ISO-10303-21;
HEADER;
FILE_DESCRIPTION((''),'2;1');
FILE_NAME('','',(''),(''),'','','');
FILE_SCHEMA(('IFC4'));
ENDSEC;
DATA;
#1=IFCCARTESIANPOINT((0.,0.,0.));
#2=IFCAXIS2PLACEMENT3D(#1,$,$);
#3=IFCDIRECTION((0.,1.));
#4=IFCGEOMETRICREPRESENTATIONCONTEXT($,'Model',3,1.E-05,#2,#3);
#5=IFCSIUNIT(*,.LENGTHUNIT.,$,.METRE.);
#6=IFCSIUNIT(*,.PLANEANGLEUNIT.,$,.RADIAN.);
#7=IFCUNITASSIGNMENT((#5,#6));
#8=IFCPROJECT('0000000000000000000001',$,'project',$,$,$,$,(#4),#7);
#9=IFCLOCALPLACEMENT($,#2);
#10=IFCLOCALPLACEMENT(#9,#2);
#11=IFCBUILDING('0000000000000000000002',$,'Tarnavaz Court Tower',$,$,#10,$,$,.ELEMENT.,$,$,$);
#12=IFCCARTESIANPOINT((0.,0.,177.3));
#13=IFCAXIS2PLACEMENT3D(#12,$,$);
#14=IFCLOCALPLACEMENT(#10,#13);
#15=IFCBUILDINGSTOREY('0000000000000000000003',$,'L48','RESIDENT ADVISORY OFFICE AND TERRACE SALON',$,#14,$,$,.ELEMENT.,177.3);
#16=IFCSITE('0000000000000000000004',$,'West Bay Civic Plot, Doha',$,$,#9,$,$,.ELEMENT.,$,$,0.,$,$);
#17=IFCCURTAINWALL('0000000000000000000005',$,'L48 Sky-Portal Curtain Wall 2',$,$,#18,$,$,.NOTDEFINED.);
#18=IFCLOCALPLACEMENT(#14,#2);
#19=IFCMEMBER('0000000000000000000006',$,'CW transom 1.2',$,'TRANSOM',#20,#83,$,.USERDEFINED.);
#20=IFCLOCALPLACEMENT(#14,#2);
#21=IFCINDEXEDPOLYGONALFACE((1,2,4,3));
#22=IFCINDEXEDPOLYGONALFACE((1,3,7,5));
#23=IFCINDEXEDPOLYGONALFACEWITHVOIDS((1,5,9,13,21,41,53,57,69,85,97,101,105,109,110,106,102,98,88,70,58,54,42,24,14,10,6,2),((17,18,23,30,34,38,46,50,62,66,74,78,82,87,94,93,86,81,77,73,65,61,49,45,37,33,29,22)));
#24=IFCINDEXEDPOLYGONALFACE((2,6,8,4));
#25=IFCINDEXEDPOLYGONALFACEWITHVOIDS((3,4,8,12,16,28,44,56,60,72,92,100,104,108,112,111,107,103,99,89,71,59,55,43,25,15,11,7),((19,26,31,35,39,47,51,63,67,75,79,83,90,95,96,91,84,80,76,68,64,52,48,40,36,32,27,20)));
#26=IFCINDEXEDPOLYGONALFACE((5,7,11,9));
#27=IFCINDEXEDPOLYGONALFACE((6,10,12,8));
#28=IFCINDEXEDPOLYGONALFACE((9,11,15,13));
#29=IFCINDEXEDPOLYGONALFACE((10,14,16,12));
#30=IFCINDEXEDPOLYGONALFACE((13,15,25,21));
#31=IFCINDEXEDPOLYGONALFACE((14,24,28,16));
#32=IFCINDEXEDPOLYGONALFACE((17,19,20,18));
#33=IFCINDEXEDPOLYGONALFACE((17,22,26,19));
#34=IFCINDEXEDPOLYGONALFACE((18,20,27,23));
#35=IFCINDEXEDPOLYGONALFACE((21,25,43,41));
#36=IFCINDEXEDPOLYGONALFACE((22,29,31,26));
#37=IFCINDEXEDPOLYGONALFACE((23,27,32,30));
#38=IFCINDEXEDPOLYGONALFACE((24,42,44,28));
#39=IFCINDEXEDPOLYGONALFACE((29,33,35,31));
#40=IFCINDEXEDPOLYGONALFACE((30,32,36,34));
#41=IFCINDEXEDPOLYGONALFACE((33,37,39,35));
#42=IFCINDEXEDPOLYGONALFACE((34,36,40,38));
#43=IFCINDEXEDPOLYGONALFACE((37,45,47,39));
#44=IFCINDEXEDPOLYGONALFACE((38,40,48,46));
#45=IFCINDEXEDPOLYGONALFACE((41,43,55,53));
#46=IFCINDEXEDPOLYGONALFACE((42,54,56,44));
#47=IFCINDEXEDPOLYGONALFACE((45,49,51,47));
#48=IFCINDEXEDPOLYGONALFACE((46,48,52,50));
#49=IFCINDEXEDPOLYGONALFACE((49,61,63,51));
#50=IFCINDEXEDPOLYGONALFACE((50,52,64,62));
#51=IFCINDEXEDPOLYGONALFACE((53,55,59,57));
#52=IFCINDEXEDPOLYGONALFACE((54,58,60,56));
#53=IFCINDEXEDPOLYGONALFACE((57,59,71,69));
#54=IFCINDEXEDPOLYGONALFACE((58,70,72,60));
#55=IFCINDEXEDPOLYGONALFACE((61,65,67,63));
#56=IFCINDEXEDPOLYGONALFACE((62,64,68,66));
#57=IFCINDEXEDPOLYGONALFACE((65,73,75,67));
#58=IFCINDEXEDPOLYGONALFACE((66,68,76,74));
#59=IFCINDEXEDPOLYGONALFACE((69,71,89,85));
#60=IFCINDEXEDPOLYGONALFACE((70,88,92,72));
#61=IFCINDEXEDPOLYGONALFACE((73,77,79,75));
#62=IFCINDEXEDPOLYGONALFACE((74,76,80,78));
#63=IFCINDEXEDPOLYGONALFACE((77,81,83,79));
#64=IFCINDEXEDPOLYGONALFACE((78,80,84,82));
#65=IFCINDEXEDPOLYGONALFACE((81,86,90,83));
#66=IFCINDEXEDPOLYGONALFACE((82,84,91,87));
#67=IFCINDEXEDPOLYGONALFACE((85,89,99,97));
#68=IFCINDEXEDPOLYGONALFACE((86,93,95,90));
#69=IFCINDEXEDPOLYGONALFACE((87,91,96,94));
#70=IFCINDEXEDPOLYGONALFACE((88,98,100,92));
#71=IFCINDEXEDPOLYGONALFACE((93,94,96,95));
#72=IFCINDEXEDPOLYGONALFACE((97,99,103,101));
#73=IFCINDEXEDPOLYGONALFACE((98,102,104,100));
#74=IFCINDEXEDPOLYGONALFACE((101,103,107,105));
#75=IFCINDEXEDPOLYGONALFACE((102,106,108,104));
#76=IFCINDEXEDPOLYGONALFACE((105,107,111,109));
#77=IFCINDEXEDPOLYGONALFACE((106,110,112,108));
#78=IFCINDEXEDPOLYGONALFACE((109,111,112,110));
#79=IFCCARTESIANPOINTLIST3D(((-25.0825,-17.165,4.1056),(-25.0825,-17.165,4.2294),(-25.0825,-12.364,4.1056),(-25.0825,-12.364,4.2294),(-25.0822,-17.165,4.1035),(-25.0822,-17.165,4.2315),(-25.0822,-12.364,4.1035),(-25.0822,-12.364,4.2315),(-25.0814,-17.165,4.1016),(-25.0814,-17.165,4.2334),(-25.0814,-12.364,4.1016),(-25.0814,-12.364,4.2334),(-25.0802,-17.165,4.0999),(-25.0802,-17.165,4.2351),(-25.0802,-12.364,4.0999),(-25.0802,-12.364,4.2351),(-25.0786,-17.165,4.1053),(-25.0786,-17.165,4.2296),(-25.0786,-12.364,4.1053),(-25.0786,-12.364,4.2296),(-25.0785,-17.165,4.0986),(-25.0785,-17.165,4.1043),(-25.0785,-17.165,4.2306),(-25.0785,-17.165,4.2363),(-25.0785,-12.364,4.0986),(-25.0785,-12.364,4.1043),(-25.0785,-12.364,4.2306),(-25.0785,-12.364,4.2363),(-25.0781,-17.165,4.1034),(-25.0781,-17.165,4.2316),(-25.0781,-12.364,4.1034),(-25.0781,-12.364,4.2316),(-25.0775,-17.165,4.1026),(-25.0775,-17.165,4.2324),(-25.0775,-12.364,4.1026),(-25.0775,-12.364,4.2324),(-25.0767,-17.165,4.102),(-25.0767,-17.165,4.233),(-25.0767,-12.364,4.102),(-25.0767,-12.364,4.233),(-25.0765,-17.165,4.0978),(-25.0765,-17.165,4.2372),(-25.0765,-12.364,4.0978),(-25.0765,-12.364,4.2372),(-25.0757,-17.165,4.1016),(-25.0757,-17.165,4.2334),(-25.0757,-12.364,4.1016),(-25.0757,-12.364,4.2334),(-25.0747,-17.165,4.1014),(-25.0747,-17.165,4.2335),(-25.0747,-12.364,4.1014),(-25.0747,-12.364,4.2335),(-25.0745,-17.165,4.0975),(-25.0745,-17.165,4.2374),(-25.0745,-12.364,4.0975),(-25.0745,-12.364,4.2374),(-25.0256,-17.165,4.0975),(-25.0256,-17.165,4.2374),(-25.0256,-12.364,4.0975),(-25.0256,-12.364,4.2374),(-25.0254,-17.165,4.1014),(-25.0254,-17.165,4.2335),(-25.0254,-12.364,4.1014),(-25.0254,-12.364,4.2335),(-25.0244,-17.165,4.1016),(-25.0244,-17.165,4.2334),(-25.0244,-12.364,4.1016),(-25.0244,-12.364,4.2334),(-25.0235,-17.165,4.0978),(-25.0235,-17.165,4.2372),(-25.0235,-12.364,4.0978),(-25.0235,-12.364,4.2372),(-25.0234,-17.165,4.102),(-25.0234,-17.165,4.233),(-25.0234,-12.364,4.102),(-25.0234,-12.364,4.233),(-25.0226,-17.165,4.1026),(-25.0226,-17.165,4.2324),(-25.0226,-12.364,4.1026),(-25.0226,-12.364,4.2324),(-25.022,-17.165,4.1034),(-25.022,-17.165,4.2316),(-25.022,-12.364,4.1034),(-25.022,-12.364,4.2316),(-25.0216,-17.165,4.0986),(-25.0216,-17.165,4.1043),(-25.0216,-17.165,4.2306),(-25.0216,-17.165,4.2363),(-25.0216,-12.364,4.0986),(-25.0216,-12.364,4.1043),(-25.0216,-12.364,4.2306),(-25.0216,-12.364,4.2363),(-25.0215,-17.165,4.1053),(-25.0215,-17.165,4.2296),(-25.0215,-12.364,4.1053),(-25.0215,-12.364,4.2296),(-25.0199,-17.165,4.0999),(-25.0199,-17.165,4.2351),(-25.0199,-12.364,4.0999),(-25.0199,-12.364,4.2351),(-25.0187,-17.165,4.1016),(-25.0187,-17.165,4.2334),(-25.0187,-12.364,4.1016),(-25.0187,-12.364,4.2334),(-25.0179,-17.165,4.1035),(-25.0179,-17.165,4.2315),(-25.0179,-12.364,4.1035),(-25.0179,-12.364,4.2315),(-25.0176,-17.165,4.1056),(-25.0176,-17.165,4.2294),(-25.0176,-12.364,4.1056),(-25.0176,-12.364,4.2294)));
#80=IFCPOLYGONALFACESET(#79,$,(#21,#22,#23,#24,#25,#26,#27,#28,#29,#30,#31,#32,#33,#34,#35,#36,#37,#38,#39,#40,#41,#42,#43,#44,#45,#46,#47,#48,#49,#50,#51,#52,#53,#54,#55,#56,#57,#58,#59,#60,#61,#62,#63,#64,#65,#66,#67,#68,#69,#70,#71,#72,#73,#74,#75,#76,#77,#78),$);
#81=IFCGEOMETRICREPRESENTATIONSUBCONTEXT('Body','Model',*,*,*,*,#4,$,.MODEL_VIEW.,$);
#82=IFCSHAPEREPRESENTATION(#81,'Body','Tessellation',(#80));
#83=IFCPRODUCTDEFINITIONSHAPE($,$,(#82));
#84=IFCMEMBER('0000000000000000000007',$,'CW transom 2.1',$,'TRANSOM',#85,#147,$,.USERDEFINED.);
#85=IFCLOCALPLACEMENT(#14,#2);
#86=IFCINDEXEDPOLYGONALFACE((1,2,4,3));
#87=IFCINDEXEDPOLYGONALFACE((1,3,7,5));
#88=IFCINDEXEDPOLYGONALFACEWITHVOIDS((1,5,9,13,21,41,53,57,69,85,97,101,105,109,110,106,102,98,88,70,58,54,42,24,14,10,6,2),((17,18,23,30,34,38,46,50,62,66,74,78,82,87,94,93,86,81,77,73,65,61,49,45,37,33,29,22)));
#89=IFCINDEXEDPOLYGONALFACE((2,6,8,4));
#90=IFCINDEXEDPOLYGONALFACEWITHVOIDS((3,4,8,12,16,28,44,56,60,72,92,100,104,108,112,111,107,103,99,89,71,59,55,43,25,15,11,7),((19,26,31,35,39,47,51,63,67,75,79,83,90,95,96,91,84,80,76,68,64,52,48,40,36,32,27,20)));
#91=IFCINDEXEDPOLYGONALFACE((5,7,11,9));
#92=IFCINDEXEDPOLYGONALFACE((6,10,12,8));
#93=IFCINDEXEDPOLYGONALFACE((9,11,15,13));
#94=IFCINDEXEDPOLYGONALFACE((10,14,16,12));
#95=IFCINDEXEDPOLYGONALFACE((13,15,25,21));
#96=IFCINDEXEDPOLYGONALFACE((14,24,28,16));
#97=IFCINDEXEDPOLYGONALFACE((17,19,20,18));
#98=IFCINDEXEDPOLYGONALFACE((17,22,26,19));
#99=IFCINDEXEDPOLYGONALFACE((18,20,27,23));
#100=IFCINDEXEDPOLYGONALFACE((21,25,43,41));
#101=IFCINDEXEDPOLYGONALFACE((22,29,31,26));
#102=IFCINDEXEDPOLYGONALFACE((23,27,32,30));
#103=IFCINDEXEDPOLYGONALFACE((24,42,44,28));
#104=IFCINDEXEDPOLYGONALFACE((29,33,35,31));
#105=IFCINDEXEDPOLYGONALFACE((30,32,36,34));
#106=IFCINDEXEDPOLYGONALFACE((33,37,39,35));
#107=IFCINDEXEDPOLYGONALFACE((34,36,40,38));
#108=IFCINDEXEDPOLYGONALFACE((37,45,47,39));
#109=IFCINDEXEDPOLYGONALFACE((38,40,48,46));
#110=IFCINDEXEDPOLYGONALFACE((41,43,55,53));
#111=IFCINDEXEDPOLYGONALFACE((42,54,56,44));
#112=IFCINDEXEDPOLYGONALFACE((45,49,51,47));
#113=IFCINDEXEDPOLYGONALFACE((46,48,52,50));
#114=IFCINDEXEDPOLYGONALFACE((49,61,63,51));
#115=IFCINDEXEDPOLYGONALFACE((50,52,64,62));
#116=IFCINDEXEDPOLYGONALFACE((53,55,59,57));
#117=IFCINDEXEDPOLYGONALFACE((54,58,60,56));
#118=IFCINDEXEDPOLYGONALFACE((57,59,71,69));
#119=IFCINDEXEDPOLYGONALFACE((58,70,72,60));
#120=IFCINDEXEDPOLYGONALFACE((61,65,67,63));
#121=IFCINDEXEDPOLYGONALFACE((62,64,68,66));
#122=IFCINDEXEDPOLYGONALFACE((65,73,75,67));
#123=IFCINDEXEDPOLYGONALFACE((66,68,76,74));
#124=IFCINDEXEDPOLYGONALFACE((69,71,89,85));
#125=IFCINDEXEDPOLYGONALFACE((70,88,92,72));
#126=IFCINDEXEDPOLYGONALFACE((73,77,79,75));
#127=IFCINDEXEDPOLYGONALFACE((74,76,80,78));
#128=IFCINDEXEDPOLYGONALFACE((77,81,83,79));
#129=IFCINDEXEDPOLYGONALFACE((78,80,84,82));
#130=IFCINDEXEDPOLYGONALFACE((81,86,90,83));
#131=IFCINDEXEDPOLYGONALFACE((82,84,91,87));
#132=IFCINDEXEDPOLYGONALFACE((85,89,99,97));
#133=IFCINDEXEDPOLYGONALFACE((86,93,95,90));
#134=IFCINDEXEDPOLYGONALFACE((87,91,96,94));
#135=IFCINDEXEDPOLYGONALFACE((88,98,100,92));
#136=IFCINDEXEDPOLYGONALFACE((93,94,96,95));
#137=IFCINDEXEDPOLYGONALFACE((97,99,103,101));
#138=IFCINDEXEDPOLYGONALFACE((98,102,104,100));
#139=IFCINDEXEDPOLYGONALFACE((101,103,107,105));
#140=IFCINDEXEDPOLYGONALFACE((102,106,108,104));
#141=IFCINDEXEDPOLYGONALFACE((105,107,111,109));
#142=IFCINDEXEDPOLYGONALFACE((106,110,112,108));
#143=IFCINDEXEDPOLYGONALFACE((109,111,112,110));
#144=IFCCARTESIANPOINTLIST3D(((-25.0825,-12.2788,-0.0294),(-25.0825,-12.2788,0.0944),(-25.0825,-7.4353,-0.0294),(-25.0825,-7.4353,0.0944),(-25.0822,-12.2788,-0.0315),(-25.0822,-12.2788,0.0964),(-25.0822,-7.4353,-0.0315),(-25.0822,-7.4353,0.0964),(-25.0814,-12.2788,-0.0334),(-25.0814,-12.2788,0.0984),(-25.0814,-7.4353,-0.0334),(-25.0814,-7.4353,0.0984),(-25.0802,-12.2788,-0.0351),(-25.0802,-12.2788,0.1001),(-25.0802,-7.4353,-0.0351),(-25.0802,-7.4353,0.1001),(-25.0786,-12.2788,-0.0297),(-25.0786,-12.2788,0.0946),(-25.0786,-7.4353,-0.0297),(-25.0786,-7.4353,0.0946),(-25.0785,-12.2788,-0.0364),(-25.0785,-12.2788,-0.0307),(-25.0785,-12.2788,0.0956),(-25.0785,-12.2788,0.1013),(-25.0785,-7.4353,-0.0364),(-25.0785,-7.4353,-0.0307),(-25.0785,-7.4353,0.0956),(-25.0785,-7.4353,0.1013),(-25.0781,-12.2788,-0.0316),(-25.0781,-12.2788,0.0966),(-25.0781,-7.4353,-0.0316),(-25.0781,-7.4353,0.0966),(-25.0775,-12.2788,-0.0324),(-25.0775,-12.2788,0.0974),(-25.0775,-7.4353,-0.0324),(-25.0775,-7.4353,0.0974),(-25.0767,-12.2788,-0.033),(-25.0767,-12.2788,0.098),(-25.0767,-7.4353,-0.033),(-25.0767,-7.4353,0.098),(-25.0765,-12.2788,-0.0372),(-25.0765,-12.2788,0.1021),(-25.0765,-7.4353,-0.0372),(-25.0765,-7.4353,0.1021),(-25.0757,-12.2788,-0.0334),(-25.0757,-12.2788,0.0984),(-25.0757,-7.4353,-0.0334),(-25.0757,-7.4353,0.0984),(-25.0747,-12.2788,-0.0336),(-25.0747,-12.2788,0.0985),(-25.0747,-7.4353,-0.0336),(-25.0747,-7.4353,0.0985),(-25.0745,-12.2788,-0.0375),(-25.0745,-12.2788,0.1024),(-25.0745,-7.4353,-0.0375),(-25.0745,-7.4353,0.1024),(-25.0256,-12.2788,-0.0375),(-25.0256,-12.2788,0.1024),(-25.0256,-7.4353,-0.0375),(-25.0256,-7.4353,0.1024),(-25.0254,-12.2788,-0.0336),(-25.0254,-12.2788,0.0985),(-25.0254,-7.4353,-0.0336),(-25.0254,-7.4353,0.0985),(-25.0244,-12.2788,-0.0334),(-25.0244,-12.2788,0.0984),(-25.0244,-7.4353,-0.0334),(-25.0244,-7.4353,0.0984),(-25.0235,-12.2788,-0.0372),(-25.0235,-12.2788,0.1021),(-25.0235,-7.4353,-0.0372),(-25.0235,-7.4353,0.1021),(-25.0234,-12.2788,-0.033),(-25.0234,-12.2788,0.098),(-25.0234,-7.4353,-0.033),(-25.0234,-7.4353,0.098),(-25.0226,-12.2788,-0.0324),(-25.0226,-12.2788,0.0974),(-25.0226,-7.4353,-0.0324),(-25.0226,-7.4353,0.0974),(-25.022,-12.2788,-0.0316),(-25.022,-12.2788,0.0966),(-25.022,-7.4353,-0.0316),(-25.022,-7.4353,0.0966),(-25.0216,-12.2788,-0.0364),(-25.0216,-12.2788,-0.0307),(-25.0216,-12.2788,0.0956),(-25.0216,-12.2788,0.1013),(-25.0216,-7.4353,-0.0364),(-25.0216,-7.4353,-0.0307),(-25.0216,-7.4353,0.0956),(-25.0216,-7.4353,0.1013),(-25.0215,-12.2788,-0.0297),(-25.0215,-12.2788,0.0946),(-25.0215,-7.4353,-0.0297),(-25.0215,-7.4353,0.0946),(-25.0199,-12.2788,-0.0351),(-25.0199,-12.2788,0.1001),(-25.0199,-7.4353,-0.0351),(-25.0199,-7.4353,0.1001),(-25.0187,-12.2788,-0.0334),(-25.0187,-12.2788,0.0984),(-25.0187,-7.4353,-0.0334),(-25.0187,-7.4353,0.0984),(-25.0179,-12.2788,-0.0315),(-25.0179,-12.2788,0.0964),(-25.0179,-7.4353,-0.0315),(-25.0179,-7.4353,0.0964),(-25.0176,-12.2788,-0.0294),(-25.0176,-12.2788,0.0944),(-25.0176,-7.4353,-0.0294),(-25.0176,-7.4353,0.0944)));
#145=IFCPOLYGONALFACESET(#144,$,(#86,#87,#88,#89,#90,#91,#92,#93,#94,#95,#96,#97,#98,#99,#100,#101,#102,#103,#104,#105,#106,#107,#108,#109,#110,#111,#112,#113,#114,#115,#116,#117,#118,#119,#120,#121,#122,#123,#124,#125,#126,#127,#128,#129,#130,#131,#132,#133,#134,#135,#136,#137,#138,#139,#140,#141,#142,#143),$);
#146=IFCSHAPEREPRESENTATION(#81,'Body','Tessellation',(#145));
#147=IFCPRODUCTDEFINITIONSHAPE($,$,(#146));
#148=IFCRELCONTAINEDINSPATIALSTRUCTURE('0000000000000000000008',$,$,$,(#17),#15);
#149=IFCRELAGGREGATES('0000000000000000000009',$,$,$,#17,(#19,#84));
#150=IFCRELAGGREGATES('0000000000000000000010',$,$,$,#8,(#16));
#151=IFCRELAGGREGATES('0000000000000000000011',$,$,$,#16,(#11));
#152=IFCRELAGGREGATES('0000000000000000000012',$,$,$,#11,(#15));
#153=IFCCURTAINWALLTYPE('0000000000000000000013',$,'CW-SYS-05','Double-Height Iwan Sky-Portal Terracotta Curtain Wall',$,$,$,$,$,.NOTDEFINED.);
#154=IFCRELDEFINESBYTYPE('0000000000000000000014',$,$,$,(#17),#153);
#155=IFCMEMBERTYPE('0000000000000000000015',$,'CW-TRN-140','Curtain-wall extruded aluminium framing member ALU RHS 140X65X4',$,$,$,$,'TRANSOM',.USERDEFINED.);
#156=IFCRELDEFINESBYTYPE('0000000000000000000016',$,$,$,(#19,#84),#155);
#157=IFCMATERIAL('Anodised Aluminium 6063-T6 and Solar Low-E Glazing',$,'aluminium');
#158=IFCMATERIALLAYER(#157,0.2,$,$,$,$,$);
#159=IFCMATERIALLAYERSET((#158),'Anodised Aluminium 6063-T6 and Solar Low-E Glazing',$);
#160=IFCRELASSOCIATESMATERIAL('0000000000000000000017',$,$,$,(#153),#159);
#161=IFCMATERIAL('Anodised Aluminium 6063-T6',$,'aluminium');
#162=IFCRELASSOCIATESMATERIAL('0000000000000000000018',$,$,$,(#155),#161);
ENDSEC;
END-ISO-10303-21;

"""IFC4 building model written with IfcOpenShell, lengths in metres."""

from ifc_helpers import new_model, si_unit, direction, frame, origin, origin_2d, place, context, subcontext, project, spatial, hollow_rectangle, extrude, material, layer, layer_set, material_profile, profile_set, type_object, element, aggregate, save


model = new_model("IFC4")

# Units and contexts
model_context = context("Model", 3, precision=1e-05, world=origin(), true_north=direction((0.0, 1.0)))
body_context = subcontext(model_context, "Body", "Model", "MODEL_VIEW")
ifc_project = project(units=[si_unit("LENGTHUNIT", "METRE"), si_unit("PLANEANGLEUNIT", "RADIAN")], contexts=[model_context])

# Site, building, storey
site_placement = place(None, origin())
site = spatial("IfcSite", under=ifc_project, at=site_placement, Name="West Bay Civic Plot, Doha", CompositionType="ELEMENT", RefElevation=0.0)
building_placement = place(site_placement, origin())
building = spatial("IfcBuilding", under=site, at=building_placement, Name="Tarnavaz Court Tower", CompositionType="ELEMENT")
storey_placement = place(building_placement, frame((0.0, 0.0, 177.3)))
storey = spatial("IfcBuildingStorey", under=building, at=storey_placement, Name="L48", Description="RESIDENT ADVISORY OFFICE AND TERRACE SALON", CompositionType="ELEMENT", Elevation=177.3)

# Curtain wall, members
ifc_material_1 = material(Name="Anodised Aluminium 6063-T6 and Solar Low-E Glazing", Category="aluminium")
ifc_layer_1 = layer(ifc_material_1, 0.2)
ifc_layer_set_1 = layer_set([ifc_layer_1], Name="Anodised Aluminium 6063-T6 and Solar Low-E Glazing")
curtain_wall_type = type_object("IfcCurtainWallType", Name="CW-SYS-05", Description="Double-Height Iwan Sky-Portal Terracotta Curtain Wall", PredefinedType="NOTDEFINED", material=ifc_layer_set_1)
curtain_wall_placement = place(storey_placement, origin())
curtain_wall = element("IfcCurtainWall", 1, at=curtain_wall_placement, inside=storey, type_object=curtain_wall_type, Name="L48 Sky-Portal Curtain Wall 2", PredefinedType="NOTDEFINED")
ifc_material_2 = material(Name="Anodised Aluminium 6063-T6", Category="aluminium")
ifc_material_profile_1 = material_profile(ifc_material_2, hollow_rectangle(XDim=0.0649, YDim=0.1399, WallThickness=0.0039, InnerFilletRadius=0.0039, OuterFilletRadius=0.0081, at=origin_2d()), Name="ALU RHS 140X65X4")
ifc_profile_set_1 = profile_set([ifc_material_profile_1], Name="Anodised Aluminium 6063-T6")
member_type_1 = type_object("IfcMemberType", Name="CW-TRN-140", Description="Curtain-wall extruded aluminium framing member ALU RHS 140X65X4", ElementType="TRANSOM", PredefinedType="USERDEFINED", material=ifc_profile_set_1)
member_1_placement = place(storey_placement, frame((-25.05, -17.165, 4.1675), z_axis=(0.0, 1.0, 0.0), x_axis=(-1.0, 0.0, 0.0)))
member_1 = element("IfcMember", 2, at=member_1_placement, type_object=member_type_1, Name="CW transom 1.2", ObjectType="TRANSOM", PredefinedType="USERDEFINED", context=body_context, shape_type="SweptSolid", body=[
    extrude(hollow_rectangle(XDim=0.0649, YDim=0.1399, WallThickness=0.0039, InnerFilletRadius=0.0039, OuterFilletRadius=0.0081, at=origin_2d()), origin(), (0.0, 0.0, 1.0), 4.801),
])
member_2_placement = place(storey_placement, frame((-25.05, -12.2788, 0.0325), z_axis=(0.0, 1.0, 0.0), x_axis=(-1.0, 0.0, 0.0)))
member_2 = element("IfcMember", 3, at=member_2_placement, type_object=member_type_1, Name="CW transom 2.1", ObjectType="TRANSOM", PredefinedType="USERDEFINED", context=body_context, shape_type="SweptSolid", body=[
    extrude(hollow_rectangle(XDim=0.0649, YDim=0.1399, WallThickness=0.0039, InnerFilletRadius=0.0039, OuterFilletRadius=0.0081, at=origin_2d()), origin(), (0.0, 0.0, 1.0), 4.8435),
])
aggregate(curtain_wall, [member_1, member_2])

save(model, "model.ifc")
